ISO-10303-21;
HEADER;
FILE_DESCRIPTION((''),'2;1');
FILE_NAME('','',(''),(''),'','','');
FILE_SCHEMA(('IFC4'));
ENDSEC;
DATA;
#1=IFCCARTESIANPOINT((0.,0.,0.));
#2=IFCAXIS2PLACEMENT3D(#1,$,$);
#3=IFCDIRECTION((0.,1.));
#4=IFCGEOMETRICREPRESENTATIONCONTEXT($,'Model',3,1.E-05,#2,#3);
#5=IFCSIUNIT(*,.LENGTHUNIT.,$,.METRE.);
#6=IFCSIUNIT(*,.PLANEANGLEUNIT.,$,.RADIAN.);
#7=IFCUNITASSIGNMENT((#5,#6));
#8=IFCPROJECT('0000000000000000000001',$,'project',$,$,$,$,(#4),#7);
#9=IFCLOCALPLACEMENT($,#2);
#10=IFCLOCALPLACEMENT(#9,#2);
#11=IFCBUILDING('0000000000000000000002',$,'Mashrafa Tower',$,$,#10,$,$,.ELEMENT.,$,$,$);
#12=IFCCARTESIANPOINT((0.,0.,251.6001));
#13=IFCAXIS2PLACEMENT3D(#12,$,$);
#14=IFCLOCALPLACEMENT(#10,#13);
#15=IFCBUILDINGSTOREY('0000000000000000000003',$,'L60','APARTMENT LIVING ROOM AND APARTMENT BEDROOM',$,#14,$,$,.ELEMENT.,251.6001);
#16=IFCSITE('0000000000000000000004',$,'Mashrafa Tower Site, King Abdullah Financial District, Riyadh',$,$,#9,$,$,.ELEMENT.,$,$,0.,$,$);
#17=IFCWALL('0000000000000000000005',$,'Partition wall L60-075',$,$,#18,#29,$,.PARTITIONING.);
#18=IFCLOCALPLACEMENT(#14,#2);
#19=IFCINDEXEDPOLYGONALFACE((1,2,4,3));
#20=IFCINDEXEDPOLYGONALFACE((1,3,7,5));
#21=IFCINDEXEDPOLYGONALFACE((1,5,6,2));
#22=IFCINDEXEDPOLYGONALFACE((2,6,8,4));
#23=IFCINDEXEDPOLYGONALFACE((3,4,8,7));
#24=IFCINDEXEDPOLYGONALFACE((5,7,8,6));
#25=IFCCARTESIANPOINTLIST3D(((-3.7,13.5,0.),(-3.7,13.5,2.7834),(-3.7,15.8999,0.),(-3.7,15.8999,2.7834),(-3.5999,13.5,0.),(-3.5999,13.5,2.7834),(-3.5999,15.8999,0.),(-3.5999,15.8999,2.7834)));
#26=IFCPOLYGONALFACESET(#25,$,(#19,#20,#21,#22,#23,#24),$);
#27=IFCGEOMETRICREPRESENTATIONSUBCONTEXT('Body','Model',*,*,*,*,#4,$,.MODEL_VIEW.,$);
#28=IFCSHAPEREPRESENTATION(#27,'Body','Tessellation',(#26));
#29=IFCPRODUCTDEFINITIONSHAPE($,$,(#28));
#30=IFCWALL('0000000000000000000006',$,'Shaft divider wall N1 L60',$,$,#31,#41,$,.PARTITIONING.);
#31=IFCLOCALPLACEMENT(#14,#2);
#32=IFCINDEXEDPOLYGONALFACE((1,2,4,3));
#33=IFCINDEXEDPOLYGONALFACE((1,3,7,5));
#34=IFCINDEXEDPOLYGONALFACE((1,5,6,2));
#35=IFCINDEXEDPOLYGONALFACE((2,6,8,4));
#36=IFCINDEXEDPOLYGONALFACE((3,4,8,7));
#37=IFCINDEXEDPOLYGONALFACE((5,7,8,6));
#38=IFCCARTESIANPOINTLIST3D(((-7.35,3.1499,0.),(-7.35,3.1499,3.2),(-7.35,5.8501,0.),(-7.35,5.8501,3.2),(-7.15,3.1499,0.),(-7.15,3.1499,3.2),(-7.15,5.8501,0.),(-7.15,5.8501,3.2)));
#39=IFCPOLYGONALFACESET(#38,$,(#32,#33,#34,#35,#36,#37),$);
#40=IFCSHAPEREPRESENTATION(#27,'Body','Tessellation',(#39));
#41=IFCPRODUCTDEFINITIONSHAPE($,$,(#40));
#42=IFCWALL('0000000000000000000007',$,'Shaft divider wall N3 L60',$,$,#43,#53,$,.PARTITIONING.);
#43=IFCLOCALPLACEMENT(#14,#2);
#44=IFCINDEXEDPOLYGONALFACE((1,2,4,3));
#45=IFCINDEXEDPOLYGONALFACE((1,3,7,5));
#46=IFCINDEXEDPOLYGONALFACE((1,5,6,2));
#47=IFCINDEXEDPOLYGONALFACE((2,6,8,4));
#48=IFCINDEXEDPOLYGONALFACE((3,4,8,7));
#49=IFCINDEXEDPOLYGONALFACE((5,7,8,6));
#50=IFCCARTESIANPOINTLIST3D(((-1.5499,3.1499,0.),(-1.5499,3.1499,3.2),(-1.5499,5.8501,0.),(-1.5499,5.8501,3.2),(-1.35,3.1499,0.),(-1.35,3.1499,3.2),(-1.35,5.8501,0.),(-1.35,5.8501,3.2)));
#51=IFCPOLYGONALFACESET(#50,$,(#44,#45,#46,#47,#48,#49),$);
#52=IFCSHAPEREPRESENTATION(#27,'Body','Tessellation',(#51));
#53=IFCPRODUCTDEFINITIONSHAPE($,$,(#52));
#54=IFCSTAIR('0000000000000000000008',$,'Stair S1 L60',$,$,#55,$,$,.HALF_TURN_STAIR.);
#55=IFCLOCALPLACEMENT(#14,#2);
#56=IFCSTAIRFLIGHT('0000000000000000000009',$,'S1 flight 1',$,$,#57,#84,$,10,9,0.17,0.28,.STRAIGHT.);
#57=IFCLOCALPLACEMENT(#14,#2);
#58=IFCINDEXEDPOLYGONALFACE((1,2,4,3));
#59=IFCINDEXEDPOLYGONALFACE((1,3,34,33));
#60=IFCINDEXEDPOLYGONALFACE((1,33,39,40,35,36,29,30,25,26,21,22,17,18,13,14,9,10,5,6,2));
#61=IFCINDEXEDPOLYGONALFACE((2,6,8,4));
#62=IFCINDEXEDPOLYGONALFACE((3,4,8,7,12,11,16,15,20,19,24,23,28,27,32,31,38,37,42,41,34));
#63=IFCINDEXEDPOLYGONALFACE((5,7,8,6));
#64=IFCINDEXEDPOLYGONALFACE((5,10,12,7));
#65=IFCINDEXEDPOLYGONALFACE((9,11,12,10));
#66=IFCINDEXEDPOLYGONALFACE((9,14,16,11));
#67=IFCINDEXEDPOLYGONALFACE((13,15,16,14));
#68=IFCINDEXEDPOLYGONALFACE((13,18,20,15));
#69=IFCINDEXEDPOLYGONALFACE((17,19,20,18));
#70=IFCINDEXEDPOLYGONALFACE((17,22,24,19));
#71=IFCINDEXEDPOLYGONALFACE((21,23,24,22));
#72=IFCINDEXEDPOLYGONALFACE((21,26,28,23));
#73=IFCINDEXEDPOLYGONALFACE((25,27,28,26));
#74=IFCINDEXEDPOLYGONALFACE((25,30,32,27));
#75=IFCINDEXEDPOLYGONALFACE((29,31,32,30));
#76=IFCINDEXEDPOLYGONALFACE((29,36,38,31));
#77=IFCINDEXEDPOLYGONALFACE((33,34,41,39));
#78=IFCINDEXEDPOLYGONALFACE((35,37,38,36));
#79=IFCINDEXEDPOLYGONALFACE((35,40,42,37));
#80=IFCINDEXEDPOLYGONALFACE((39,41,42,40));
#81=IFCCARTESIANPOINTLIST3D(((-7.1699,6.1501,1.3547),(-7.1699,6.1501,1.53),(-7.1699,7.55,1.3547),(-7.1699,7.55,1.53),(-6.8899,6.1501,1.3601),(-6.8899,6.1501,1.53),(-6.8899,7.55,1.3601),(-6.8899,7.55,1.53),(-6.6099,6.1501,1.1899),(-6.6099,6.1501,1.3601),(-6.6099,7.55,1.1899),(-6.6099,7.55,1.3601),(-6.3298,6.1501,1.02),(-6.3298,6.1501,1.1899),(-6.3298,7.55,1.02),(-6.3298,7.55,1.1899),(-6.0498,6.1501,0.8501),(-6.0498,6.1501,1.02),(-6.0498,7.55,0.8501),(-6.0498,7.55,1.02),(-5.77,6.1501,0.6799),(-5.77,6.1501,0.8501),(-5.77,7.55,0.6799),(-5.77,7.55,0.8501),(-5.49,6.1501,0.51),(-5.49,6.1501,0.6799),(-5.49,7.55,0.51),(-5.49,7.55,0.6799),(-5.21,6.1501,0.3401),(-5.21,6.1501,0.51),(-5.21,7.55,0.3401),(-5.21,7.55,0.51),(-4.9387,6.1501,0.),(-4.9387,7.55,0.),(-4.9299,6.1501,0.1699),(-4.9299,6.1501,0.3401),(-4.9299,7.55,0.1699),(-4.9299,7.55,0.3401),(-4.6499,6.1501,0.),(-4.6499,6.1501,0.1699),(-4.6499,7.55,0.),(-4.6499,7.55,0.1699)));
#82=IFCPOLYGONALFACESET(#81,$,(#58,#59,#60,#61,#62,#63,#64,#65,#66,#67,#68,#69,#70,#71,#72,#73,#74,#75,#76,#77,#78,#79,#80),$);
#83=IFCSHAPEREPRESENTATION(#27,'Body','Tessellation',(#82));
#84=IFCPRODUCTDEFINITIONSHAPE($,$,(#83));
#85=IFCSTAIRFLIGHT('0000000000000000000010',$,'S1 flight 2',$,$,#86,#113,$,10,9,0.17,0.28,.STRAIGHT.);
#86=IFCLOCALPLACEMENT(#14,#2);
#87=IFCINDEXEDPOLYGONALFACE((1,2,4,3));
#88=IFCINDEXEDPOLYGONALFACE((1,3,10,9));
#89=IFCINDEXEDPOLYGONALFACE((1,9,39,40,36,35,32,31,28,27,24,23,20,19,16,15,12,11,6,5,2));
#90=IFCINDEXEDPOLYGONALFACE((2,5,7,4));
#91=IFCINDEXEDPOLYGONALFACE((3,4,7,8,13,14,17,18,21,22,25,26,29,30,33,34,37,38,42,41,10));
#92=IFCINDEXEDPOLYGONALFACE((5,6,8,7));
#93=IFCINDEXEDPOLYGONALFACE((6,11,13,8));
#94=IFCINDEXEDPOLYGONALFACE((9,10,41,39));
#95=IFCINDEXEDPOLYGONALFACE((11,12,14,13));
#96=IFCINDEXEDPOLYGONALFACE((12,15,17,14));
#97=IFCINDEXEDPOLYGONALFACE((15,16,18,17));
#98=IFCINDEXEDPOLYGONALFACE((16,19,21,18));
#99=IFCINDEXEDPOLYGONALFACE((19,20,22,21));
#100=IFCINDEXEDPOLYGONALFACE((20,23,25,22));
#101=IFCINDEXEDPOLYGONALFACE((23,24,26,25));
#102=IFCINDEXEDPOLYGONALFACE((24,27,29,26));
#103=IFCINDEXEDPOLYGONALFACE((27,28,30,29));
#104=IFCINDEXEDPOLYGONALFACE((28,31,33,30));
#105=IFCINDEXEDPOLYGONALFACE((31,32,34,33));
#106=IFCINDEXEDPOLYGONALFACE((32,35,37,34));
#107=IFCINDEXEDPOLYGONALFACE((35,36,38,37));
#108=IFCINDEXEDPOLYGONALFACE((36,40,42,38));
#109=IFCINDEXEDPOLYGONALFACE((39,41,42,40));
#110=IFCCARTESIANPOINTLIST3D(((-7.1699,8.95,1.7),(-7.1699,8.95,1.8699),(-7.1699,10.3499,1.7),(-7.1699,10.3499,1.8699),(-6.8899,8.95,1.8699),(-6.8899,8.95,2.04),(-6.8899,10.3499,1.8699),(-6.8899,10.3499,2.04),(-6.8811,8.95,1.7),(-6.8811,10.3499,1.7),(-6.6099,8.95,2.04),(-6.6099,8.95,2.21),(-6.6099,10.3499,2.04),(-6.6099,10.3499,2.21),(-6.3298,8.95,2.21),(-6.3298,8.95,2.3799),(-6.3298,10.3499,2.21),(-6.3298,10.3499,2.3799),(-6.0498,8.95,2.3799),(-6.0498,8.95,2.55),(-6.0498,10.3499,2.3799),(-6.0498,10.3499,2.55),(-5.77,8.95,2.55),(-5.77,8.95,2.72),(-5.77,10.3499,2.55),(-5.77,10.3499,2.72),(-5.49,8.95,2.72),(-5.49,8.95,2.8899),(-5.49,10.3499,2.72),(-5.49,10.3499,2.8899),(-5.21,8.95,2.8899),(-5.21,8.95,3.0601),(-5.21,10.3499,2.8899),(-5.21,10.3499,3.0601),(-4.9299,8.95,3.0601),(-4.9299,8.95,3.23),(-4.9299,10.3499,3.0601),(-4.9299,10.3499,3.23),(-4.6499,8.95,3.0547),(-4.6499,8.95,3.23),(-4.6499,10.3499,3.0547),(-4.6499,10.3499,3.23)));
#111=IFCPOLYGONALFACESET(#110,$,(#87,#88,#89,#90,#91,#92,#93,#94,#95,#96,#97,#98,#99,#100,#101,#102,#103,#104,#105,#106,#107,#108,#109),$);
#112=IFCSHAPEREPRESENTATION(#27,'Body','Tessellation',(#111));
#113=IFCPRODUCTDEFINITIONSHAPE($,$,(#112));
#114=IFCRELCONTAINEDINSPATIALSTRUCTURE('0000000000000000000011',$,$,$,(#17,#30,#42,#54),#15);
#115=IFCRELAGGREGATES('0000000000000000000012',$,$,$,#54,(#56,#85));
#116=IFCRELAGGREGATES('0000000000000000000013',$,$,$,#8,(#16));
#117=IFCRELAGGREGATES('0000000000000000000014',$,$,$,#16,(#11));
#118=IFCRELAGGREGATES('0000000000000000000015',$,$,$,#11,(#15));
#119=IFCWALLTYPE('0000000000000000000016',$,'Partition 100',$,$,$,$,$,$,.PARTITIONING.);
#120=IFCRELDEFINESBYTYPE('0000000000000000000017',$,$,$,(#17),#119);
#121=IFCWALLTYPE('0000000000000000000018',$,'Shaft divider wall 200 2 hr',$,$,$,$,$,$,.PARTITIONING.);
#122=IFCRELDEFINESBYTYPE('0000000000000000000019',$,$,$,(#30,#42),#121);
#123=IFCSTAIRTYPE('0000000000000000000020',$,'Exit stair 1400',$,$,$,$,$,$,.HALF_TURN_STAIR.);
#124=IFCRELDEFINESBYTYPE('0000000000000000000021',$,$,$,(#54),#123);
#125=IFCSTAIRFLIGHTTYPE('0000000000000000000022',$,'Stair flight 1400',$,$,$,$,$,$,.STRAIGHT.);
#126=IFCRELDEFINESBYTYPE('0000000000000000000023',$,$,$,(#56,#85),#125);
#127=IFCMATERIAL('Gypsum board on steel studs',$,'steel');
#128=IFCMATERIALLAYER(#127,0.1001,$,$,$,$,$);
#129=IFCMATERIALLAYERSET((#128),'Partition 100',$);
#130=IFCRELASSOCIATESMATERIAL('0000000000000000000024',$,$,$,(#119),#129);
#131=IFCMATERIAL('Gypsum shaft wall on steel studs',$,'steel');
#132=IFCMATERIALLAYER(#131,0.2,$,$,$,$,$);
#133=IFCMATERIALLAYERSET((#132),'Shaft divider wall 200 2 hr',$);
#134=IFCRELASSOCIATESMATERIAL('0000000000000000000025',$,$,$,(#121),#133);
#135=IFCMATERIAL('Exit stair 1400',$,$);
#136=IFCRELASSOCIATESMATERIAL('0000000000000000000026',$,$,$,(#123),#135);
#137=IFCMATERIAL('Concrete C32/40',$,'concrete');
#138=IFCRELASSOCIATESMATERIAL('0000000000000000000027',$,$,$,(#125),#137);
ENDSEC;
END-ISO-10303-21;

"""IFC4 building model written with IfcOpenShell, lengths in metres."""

from ifc_helpers import new_model, si_unit, direction, frame, frame_2d, origin, place, context, subcontext, project, spatial, polyline, rectangle, outline, extrude, material, layer, layer_set, type_object, element, aggregate, save


model = new_model("IFC4")

# Units and contexts
model_context = context("Model", 3, precision=1e-05, world=origin(), true_north=direction((0.0, 1.0)))
body_context = subcontext(model_context, "Body", "Model", "MODEL_VIEW")
ifc_project = project(units=[si_unit("LENGTHUNIT", "METRE"), si_unit("PLANEANGLEUNIT", "RADIAN")], contexts=[model_context])

# Site, building, storey
site_placement = place(None, origin())
site = spatial("IfcSite", under=ifc_project, at=site_placement, Name="Mashrafa Tower Site, King Abdullah Financial District, Riyadh", CompositionType="ELEMENT", RefElevation=0.0)
building_placement = place(site_placement, origin())
building = spatial("IfcBuilding", under=site, at=building_placement, Name="Mashrafa Tower", CompositionType="ELEMENT")
storey_placement = place(building_placement, frame((0.0, 0.0, 251.6001)))
storey = spatial("IfcBuildingStorey", under=building, at=storey_placement, Name="L60", Description="APARTMENT LIVING ROOM AND APARTMENT BEDROOM", CompositionType="ELEMENT", Elevation=251.6001)

# Shared definitions
ifc_material_1 = material(Name="Gypsum board on steel studs", Category="steel")
ifc_layer_1 = layer(ifc_material_1, 0.1001)
ifc_layer_set_1 = layer_set([ifc_layer_1], Name="Partition 100")
wall_type_1 = type_object("IfcWallType", Name="Partition 100", PredefinedType="PARTITIONING", material=ifc_layer_set_1)

# Walls
wall_1_placement = place(storey_placement, frame((-3.6499, 13.5, 0.0), z_axis=(0.0, 0.0, 1.0), x_axis=(0.0, 1.0, 0.0)))
element("IfcWall", 1, at=wall_1_placement, inside=storey, type_object=wall_type_1, Name="Partition wall L60-075", PredefinedType="PARTITIONING", context=body_context, shape_type="SweptSolid", body=[
    extrude(rectangle(XDim=2.3999, YDim=0.1001, at=frame_2d((1.2, 0.0))), origin(), (0.0, 0.0, 1.0), 2.7834),
])
ifc_material_2 = material(Name="Gypsum shaft wall on steel studs", Category="steel")
ifc_layer_2 = layer(ifc_material_2, 0.2)
ifc_layer_set_2 = layer_set([ifc_layer_2], Name="Shaft divider wall 200 2 hr")
wall_type_2 = type_object("IfcWallType", Name="Shaft divider wall 200 2 hr", PredefinedType="PARTITIONING", material=ifc_layer_set_2)
for number, where, z_axis, x_axis, name in (
    (2, (-7.25, 3.1499, 0.0), (0.0, 0.0, 1.0), (0.0, 1.0, 0.0), "Shaft divider wall N1 L60"),
    (3, (-1.45, 3.1499, 0.0), (0.0, 0.0, 1.0), (0.0, 1.0, 0.0), "Shaft divider wall N3 L60"),
):
    element("IfcWall", number, at=place(storey_placement, frame(where, z_axis=z_axis, x_axis=x_axis)), inside=storey, type_object=wall_type_2, Name=name, PredefinedType="PARTITIONING", context=body_context, shape_type="SweptSolid", body=[
        extrude(rectangle(XDim=2.7002, YDim=0.2, at=frame_2d((1.3501, 0.0))), origin(), (0.0, 0.0, 1.0), 3.2),
    ])

# Stair, stair flights
ifc_material_3 = material(Name="Exit stair 1400")
stair_type = type_object("IfcStairType", Name="Exit stair 1400", PredefinedType="HALF_TURN_STAIR", material=ifc_material_3)
stair_placement = place(storey_placement, origin())
stair = element("IfcStair", 4, at=stair_placement, inside=storey, type_object=stair_type, Name="Stair S1 L60", PredefinedType="HALF_TURN_STAIR")
ifc_material_4 = material(Name="Concrete C32/40", Category="concrete")
stair_flight_type = type_object("IfcStairFlightType", Name="Stair flight 1400", PredefinedType="STRAIGHT", material=ifc_material_4)
stair_flight_1_placement = place(storey_placement, frame((-4.6499, 6.8501, 0.0), z_axis=(0.0, 0.0, 1.0), x_axis=(-1.0, 0.0, 0.0)))
stair_flight_1 = element("IfcStairFlight", 5, at=stair_flight_1_placement, type_object=stair_flight_type, Name="S1 flight 1", NumberOfRisers=10, NumberOfTreads=9, PredefinedType="STRAIGHT", RiserHeight=0.17, TreadLength=0.28, context=body_context, shape_type="SweptSolid", body=[
    extrude(outline(polyline([(0.0, 0.0), (0.0, 0.1699), (0.28, 0.1699), (0.28, 0.3401), (0.5601, 0.3401), (0.5601, 0.51), (0.8401, 0.51), (0.8401, 0.6799), (1.1201, 0.6799), (1.1201, 0.8501), (1.3999, 0.8501), (1.3999, 1.02), (1.6799, 1.02), (1.6799, 1.1899), (1.96, 1.1899), (1.96, 1.3601), (2.24, 1.3601), (2.24, 1.53), (2.52, 1.53), (2.52, 1.7), (2.52, 1.3547), (0.2888, 0.0), (0.0, 0.0)])), frame((0.0, 0.7, 0.0), z_axis=(0.0, -1.0, 0.0), x_axis=(1.0, 0.0, 0.0)), (0.0, 0.0, 1.0), 1.3999),
])
stair_flight_2_placement = place(storey_placement, frame((-7.1699, 9.6499, 1.7), z_axis=(0.0, 0.0, 1.0), x_axis=(1.0, 0.0, 0.0)))
stair_flight_2 = element("IfcStairFlight", 6, at=stair_flight_2_placement, type_object=stair_flight_type, Name="S1 flight 2", NumberOfRisers=10, NumberOfTreads=9, PredefinedType="STRAIGHT", RiserHeight=0.17, TreadLength=0.28, context=body_context, shape_type="SweptSolid", body=[
    extrude(outline(polyline([(0.0, 0.0), (0.0, 0.1699), (0.28, 0.1699), (0.28, 0.3401), (0.5601, 0.3401), (0.5601, 0.51), (0.8401, 0.51), (0.8401, 0.6799), (1.1201, 0.6799), (1.1201, 0.8501), (1.3999, 0.8501), (1.3999, 1.02), (1.6799, 1.02), (1.6799, 1.1899), (1.96, 1.1899), (1.96, 1.3601), (2.24, 1.3601), (2.24, 1.53), (2.52, 1.53), (2.52, 1.7), (2.52, 1.3547), (0.2888, 0.0), (0.0, 0.0)])), frame((0.0, 0.7, 0.0), z_axis=(0.0, -1.0, 0.0), x_axis=(1.0, 0.0, 0.0)), (0.0, 0.0, 1.0), 1.3999),
])
aggregate(stair, [stair_flight_1, stair_flight_2])

save(model, "model.ifc")
